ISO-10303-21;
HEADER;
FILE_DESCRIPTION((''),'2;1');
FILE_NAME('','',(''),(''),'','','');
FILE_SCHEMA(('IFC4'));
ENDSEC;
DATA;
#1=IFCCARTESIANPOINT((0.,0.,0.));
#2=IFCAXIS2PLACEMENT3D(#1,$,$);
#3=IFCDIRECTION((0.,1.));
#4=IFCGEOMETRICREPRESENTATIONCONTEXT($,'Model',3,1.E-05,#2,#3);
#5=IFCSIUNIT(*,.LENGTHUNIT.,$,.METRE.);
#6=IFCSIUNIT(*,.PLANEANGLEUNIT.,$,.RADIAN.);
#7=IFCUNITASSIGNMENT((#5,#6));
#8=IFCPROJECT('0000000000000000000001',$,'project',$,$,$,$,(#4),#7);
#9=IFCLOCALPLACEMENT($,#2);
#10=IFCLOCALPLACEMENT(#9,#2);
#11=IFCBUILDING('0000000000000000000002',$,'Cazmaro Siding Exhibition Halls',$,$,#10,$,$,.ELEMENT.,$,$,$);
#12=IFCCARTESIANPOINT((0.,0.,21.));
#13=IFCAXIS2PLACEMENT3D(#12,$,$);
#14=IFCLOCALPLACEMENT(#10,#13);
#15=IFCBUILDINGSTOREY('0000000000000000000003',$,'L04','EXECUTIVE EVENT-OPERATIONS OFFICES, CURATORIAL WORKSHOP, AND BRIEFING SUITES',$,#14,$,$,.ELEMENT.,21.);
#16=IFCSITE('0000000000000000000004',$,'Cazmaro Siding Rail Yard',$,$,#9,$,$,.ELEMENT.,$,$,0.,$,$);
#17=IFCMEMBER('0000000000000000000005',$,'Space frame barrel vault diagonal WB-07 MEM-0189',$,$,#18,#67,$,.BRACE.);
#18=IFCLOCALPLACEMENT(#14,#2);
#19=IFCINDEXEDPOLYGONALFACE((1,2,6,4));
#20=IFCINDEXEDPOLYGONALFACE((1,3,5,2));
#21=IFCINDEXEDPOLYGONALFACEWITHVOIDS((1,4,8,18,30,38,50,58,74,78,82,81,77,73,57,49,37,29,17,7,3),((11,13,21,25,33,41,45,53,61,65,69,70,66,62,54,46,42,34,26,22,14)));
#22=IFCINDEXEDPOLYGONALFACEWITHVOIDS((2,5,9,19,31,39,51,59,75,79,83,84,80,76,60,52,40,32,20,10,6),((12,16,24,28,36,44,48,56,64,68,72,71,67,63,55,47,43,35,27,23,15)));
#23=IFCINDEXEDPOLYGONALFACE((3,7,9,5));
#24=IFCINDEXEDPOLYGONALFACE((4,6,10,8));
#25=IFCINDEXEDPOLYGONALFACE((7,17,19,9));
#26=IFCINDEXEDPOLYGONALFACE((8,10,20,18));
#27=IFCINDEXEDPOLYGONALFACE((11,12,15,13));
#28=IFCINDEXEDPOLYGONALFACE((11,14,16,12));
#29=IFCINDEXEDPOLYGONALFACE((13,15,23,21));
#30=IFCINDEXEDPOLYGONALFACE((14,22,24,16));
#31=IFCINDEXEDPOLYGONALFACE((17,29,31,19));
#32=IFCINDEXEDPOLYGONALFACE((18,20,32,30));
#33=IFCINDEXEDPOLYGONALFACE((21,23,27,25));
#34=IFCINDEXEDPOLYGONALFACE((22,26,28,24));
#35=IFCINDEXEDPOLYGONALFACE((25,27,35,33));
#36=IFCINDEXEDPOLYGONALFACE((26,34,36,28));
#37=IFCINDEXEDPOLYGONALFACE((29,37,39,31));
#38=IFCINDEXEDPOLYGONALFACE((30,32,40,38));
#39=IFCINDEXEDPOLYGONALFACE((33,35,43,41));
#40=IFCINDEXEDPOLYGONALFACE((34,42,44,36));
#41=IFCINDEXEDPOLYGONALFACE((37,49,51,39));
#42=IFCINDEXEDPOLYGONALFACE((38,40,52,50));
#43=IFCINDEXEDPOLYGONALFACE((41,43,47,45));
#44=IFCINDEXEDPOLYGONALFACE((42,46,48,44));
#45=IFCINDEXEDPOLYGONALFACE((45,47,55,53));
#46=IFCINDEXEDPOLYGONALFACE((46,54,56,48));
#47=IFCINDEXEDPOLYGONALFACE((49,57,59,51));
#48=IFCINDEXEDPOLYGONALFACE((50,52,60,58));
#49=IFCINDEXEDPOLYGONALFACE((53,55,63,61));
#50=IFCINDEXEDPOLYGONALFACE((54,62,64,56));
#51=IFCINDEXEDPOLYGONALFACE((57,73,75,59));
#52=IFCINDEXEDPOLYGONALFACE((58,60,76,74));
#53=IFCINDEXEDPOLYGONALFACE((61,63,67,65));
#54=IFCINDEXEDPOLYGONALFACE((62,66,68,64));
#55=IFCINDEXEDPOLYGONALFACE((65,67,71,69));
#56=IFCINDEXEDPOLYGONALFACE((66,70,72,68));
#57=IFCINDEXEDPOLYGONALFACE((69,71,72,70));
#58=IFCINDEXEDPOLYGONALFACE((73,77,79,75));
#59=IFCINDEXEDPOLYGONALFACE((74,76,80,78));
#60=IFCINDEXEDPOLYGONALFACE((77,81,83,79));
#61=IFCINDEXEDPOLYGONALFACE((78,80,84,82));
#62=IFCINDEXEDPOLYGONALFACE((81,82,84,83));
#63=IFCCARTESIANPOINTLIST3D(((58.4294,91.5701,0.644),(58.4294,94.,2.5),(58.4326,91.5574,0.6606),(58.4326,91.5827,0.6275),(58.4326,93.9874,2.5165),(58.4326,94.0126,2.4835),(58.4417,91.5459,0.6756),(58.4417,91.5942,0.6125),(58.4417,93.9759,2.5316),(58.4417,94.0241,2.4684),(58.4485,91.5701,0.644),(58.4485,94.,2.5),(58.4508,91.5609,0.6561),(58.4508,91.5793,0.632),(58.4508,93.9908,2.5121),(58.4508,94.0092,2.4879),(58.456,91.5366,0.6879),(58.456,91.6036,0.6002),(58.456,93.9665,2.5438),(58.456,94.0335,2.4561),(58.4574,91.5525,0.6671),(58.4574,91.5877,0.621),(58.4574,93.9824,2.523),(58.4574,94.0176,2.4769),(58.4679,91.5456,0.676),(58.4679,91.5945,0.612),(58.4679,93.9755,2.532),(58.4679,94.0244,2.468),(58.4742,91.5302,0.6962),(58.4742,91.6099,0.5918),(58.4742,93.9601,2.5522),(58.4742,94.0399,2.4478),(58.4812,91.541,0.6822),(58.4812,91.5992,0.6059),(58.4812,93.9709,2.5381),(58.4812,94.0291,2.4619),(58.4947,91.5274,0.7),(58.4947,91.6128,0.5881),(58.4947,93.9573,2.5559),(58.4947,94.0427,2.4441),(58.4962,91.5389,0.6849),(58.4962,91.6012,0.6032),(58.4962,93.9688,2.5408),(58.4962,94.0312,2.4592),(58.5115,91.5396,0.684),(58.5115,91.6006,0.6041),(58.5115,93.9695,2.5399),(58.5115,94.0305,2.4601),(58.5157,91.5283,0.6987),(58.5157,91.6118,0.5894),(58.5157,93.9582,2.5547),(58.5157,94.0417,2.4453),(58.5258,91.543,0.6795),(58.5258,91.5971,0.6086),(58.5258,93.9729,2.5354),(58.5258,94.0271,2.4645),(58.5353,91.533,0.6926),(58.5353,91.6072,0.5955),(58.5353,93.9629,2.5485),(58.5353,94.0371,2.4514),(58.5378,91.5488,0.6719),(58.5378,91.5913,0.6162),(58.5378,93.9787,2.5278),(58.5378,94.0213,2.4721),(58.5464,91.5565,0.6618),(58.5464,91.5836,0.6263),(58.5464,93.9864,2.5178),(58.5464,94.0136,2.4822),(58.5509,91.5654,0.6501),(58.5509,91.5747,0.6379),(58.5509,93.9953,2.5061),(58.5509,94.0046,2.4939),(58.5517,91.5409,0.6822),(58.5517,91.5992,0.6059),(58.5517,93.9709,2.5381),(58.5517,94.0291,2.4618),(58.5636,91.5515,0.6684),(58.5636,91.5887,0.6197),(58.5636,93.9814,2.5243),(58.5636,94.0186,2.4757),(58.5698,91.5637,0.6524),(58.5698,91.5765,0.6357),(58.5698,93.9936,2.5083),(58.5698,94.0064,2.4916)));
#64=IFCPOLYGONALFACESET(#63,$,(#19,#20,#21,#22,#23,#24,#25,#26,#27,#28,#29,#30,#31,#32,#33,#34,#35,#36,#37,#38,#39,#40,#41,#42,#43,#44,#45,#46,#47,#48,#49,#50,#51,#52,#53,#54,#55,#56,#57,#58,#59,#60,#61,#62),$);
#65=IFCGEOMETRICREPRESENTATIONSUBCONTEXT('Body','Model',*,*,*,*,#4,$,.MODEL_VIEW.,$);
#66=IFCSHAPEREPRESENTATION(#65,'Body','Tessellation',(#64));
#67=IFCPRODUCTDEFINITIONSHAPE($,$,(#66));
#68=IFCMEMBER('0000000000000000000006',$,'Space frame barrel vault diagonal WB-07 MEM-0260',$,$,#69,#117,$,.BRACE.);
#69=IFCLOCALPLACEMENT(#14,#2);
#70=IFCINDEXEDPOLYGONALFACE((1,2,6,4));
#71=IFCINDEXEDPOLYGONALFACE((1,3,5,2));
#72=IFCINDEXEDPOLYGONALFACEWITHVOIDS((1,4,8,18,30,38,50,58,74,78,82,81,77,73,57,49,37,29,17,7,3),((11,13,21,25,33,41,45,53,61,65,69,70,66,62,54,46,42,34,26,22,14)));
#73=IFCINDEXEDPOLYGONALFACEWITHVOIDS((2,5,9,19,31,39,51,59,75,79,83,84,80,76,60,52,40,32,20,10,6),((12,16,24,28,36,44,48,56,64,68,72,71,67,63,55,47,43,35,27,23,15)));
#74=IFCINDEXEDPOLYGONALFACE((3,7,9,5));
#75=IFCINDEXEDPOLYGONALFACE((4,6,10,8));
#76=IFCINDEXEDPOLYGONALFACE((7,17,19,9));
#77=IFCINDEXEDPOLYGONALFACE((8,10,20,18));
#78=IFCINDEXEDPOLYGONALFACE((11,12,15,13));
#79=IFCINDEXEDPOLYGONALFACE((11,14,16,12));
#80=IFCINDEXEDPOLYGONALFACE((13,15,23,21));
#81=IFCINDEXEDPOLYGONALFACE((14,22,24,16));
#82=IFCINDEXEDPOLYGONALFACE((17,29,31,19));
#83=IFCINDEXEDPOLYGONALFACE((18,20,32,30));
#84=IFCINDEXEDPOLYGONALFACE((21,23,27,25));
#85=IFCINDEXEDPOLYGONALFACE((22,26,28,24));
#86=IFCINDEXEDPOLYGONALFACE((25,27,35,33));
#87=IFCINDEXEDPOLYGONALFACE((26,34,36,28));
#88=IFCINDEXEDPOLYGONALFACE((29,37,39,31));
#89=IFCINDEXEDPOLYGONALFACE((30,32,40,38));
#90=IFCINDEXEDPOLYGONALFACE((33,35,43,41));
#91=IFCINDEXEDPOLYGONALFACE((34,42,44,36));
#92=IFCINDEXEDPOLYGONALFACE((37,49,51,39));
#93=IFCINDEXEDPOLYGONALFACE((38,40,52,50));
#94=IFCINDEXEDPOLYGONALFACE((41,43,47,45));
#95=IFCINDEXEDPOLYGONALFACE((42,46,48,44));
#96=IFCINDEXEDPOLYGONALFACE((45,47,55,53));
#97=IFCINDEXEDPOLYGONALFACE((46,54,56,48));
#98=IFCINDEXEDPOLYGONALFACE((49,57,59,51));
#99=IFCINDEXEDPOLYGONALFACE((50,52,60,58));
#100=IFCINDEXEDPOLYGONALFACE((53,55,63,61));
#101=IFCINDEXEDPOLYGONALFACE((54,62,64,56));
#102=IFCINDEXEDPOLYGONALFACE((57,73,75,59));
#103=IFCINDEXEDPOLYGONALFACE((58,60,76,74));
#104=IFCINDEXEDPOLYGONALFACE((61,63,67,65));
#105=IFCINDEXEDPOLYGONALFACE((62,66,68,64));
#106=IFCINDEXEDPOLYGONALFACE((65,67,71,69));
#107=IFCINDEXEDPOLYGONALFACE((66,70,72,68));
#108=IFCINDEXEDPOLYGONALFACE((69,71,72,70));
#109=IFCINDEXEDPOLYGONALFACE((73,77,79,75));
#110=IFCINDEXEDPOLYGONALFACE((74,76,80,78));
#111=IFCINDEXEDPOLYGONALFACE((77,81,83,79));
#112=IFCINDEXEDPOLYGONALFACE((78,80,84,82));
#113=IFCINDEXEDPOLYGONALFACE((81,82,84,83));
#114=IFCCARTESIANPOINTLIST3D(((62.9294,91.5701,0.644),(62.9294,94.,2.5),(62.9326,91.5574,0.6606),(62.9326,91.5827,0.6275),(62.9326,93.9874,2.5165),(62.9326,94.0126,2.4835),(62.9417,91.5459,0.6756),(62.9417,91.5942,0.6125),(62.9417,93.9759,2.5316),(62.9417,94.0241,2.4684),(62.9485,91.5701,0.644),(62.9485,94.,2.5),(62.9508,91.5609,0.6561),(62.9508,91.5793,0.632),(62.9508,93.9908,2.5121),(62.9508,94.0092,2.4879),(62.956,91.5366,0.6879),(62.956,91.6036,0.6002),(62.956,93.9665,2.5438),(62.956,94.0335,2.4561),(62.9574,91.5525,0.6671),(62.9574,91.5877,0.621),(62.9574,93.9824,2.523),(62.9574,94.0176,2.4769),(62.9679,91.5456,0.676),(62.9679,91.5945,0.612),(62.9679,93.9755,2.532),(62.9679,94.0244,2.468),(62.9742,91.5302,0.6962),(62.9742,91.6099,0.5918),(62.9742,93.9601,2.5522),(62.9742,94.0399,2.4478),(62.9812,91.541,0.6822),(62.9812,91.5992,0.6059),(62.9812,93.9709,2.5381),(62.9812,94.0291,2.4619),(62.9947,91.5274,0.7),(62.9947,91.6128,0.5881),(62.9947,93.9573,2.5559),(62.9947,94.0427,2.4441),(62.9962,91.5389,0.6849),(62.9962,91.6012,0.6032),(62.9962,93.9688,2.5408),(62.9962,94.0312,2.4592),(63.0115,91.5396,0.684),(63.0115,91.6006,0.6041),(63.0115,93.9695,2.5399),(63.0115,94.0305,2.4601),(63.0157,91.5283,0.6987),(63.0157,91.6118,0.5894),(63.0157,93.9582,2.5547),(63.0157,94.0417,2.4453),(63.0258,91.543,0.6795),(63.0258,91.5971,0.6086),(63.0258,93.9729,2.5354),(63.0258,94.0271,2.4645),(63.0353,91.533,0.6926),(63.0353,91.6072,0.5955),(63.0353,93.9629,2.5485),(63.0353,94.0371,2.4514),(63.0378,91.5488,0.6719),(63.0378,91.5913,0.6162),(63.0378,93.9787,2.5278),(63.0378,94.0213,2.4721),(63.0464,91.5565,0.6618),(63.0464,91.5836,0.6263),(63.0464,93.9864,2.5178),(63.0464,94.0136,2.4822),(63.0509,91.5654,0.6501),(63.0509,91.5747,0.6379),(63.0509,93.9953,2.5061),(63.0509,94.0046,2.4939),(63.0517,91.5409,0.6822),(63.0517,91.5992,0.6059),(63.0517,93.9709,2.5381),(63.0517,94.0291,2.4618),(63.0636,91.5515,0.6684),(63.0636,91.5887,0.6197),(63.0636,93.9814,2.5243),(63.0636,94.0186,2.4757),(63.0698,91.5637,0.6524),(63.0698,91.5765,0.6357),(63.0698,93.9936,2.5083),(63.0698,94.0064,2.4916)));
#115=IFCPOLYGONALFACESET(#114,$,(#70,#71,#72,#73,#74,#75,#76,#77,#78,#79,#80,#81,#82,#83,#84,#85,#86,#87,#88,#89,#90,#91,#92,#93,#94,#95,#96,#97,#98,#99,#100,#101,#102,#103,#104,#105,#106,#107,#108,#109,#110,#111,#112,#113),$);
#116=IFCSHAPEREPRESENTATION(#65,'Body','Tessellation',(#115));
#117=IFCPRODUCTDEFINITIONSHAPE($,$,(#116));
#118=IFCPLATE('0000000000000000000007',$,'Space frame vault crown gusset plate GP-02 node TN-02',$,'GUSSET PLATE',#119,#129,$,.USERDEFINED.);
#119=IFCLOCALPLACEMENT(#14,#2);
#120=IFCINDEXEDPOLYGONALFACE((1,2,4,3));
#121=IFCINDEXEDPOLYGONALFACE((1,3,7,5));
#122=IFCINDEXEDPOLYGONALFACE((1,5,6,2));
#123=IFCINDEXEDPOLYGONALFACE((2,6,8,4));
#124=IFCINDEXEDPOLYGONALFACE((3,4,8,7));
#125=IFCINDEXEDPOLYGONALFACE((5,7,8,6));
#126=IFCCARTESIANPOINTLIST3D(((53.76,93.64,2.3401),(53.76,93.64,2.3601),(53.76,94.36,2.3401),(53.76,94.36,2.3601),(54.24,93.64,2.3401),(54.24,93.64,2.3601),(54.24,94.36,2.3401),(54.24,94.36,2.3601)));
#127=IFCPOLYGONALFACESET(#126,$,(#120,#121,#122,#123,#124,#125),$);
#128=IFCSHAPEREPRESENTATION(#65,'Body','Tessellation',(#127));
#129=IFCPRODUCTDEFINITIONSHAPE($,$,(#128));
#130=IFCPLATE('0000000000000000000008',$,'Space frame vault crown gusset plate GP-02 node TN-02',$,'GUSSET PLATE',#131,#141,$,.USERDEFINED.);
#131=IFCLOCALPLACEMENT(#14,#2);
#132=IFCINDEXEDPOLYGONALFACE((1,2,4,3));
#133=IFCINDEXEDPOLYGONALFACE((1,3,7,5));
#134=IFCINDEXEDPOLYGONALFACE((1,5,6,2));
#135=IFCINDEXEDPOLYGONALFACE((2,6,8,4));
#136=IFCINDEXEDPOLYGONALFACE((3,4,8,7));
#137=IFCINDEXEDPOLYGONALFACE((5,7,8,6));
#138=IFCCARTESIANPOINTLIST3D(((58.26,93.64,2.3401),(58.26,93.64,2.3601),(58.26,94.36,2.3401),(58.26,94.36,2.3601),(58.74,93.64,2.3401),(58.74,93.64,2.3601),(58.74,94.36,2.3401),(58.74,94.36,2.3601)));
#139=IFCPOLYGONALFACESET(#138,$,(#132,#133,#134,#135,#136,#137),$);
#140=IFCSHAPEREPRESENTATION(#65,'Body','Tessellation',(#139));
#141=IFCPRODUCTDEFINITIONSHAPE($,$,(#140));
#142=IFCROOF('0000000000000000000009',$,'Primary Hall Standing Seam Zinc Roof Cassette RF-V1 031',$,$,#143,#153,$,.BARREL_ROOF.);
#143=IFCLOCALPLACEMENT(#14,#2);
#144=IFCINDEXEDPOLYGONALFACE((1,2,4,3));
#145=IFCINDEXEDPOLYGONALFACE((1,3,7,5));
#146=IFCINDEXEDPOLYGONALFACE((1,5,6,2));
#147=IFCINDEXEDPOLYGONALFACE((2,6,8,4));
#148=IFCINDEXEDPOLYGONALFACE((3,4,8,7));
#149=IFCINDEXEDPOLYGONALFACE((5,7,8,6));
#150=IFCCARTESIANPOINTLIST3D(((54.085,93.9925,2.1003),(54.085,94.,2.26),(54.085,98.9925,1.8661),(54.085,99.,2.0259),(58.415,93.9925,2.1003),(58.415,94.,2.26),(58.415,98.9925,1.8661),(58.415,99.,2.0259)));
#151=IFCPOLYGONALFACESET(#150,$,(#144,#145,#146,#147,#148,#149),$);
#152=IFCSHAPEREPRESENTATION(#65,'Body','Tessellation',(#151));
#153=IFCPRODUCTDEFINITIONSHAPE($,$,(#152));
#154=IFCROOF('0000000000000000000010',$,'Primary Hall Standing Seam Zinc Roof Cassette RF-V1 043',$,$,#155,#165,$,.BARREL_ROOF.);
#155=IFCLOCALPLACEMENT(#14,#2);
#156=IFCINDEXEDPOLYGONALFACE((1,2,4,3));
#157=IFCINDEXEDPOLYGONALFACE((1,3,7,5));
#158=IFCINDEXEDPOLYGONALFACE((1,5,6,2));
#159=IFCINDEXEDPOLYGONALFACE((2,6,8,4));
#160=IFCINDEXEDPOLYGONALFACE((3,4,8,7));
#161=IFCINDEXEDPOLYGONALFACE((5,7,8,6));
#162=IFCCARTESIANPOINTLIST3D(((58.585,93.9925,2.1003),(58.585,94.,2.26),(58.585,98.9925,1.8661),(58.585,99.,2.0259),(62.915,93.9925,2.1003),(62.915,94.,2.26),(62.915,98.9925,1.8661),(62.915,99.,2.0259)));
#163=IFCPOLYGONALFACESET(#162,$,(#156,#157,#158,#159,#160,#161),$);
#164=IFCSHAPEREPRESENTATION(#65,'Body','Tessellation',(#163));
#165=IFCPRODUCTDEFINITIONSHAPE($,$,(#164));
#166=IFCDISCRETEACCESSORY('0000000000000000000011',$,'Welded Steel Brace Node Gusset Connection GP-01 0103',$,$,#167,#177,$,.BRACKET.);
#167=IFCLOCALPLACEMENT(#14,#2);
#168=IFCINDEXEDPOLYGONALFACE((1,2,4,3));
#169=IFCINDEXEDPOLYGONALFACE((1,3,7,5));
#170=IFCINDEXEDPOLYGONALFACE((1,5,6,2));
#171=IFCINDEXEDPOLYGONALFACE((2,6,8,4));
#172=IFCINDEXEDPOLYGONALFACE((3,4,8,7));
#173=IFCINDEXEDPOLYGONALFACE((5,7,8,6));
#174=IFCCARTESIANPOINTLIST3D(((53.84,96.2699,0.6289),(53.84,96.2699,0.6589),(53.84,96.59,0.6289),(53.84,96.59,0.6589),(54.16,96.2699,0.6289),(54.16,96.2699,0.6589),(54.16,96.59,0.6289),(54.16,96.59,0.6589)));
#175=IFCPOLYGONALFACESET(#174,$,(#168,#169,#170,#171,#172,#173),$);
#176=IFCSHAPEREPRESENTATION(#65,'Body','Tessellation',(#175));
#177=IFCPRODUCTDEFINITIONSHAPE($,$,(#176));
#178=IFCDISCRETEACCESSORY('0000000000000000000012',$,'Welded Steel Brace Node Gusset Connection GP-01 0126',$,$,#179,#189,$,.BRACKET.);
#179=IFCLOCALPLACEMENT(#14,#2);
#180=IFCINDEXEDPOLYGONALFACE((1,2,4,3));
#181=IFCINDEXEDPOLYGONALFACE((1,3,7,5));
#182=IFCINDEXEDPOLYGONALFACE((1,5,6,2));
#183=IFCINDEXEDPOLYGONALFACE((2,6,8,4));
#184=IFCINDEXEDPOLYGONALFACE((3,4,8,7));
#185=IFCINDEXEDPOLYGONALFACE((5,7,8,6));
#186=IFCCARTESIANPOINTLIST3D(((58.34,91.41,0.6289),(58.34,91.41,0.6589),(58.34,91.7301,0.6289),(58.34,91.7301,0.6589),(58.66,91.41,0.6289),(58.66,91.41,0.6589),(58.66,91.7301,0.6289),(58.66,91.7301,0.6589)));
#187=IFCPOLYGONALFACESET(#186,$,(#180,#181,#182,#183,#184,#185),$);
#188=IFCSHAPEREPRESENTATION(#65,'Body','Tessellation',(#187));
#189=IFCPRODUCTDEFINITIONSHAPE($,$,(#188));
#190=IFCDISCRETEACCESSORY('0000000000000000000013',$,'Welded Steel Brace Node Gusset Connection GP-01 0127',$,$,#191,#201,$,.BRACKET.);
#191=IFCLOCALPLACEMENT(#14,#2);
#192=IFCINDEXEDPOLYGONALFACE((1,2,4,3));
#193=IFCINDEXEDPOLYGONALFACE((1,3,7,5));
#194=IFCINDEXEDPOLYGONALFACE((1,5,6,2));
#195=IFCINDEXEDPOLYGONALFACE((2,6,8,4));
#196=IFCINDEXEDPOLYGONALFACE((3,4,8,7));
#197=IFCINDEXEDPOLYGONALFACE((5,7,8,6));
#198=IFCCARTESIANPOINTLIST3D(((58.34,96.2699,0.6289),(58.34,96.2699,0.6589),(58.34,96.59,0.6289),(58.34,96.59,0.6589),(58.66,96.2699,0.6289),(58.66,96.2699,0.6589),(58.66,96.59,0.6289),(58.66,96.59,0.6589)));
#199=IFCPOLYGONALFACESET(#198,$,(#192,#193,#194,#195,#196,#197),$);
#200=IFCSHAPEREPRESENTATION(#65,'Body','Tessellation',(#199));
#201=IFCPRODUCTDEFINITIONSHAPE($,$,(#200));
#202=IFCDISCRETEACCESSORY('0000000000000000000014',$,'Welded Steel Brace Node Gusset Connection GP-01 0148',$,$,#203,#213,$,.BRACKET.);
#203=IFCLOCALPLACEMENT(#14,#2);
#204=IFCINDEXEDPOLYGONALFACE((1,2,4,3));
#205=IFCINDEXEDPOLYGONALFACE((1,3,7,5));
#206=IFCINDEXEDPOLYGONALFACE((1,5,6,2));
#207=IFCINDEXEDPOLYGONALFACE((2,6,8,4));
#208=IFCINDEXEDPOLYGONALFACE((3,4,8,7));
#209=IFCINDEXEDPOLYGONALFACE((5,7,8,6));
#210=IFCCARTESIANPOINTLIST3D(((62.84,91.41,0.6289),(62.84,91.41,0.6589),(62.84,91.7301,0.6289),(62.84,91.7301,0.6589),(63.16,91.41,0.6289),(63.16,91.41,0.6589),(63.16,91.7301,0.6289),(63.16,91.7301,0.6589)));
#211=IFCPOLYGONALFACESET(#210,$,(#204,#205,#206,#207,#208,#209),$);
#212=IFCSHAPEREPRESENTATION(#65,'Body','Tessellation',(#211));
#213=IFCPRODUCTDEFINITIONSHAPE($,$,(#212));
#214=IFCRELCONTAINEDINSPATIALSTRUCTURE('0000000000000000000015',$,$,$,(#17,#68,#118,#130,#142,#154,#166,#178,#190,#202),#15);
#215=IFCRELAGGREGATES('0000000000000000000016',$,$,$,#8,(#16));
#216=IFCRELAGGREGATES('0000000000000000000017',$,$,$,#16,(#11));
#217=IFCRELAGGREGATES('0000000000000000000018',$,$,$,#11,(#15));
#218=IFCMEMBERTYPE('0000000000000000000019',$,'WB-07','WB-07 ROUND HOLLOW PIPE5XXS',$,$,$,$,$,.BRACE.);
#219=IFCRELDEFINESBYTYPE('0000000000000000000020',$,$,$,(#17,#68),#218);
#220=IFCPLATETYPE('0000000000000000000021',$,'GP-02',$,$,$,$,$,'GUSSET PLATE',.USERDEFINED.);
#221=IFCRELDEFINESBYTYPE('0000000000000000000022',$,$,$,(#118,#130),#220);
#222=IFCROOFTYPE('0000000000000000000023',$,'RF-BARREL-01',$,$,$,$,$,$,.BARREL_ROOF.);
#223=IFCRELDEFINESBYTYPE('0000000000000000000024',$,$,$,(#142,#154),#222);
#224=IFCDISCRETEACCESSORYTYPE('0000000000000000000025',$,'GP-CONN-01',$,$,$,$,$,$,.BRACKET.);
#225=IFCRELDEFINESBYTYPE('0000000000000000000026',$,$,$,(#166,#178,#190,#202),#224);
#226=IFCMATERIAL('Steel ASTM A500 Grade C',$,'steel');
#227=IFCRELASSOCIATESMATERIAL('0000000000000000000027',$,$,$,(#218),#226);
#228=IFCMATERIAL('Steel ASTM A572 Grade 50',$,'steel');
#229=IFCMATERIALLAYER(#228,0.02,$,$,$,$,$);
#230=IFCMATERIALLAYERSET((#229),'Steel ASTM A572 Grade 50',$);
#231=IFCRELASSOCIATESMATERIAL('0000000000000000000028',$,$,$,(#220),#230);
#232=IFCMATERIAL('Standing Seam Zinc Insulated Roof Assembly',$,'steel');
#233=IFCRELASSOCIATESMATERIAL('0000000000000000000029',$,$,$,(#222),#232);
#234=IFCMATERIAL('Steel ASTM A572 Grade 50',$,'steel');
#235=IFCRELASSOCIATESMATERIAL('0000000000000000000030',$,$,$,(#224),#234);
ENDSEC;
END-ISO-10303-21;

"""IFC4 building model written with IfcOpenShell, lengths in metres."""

from ifc_helpers import new_model, si_unit, direction, frame, origin, origin_2d, place, context, subcontext, project, spatial, polyline, rectangle, hollow_circle, outline, extrude, material, layer, layer_set, material_profile, profile_set, type_object, element, save


model = new_model("IFC4")

# Units and contexts
model_context = context("Model", 3, precision=1e-05, world=origin(), true_north=direction((0.0, 1.0)))
body_context = subcontext(model_context, "Body", "Model", "MODEL_VIEW")
ifc_project = project(units=[si_unit("LENGTHUNIT", "METRE"), si_unit("PLANEANGLEUNIT", "RADIAN")], contexts=[model_context])

# Site, building, storey
site_placement = place(None, origin())
site = spatial("IfcSite", under=ifc_project, at=site_placement, Name="Cazmaro Siding Rail Yard", CompositionType="ELEMENT", RefElevation=0.0)
building_placement = place(site_placement, origin())
building = spatial("IfcBuilding", under=site, at=building_placement, Name="Cazmaro Siding Exhibition Halls", CompositionType="ELEMENT")
storey_placement = place(building_placement, frame((0.0, 0.0, 21.0)))
storey = spatial("IfcBuildingStorey", under=building, at=storey_placement, Name="L04", Description="EXECUTIVE EVENT-OPERATIONS OFFICES, CURATORIAL WORKSHOP, AND BRIEFING SUITES", CompositionType="ELEMENT", Elevation=21.0)

# Members
ifc_material_1 = material(Name="Steel ASTM A500 Grade C", Category="steel")
ifc_material_profile_1 = material_profile(ifc_material_1, hollow_circle(Radius=0.0706, WallThickness=0.019, at=origin_2d()), Name="PIPE5XXS")
ifc_profile_set_1 = profile_set([ifc_material_profile_1], Name="Steel ASTM A500 Grade C")
member_type_1 = type_object("IfcMemberType", Name="WB-07", Description="WB-07 ROUND HOLLOW PIPE5XXS", PredefinedType="BRACE", material=ifc_profile_set_1)
for number, where, z_axis, x_axis, name in (
    (1, (58.5, 91.5701, 0.644), (0.0, 0.794709, 0.606991), (-1.0, 0.0, 0.0), "Space frame barrel vault diagonal WB-07 MEM-0189"),
    (2, (63.0, 91.5701, 0.644), (0.0, 0.794709, 0.606991), (-1.0, 0.0, 0.0), "Space frame barrel vault diagonal WB-07 MEM-0260"),
):
    element("IfcMember", number, at=place(storey_placement, frame(where, z_axis=z_axis, x_axis=x_axis)), inside=storey, type_object=member_type_1, Name=name, PredefinedType="BRACE", context=body_context, shape_type="SweptSolid", body=[
        extrude(hollow_circle(Radius=0.0706, WallThickness=0.019, at=origin_2d()), origin(), (0.0, 0.0, 1.0), 3.0576),
    ])

# Plates
ifc_material_2 = material(Name="Steel ASTM A572 Grade 50", Category="steel")
ifc_layer = layer(ifc_material_2, 0.02)
ifc_layer_set = layer_set([ifc_layer], Name="Steel ASTM A572 Grade 50")
plate_type = type_object("IfcPlateType", Name="GP-02", ElementType="GUSSET PLATE", PredefinedType="USERDEFINED", material=ifc_layer_set)
for number, where, z_axis, x_axis, name in (
    (3, (54.0, 94.0, 2.3401), (0.0, 0.0, 1.0), (0.0, 1.0, 0.0), "Space frame vault crown gusset plate GP-02 node TN-02"),
    (4, (58.5, 94.0, 2.3401), (0.0, 0.0, 1.0), (0.0, 1.0, 0.0), "Space frame vault crown gusset plate GP-02 node TN-02"),
):
    element("IfcPlate", number, at=place(storey_placement, frame(where, z_axis=z_axis, x_axis=x_axis)), inside=storey, type_object=plate_type, Name=name, ObjectType="GUSSET PLATE", PredefinedType="USERDEFINED", context=body_context, shape_type="SweptSolid", body=[
        extrude(rectangle(XDim=0.72, YDim=0.48, at=origin_2d()), origin(), (0.0, 0.0, 1.0), 0.02),
    ])

# Roofs
ifc_material_3 = material(Name="Standing Seam Zinc Insulated Roof Assembly", Category="steel")
roof_type = type_object("IfcRoofType", Name="RF-BARREL-01", PredefinedType="BARREL_ROOF", material=ifc_material_3)
for number, where, z_axis, x_axis, name in (
    (5, (54.085, 94.0, 2.26), (0.0, 0.046775, 0.998905), (1.0, 0.0, 0.0), "Primary Hall Standing Seam Zinc Roof Cassette RF-V1 031"),
    (6, (58.585, 94.0, 2.26), (0.0, 0.046775, 0.998905), (1.0, 0.0, 0.0), "Primary Hall Standing Seam Zinc Roof Cassette RF-V1 043"),
):
    element("IfcRoof", number, at=place(storey_placement, frame(where, z_axis=z_axis, x_axis=x_axis)), inside=storey, type_object=roof_type, Name=name, PredefinedType="BARREL_ROOF", context=body_context, shape_type="SweptSolid", body=[
        extrude(outline(polyline([(0.0, 0.0), (4.3301, 0.0), (4.3301, 5.0055), (0.0, 5.0055), (0.0, 0.0)])), origin(), (0.0, 0.0, -1.0), 0.1599),
    ])

# Discrete accessories
ifc_material_4 = material(Name="Steel ASTM A572 Grade 50", Category="steel")
discrete_accessory_type = type_object("IfcDiscreteAccessoryType", Name="GP-CONN-01", PredefinedType="BRACKET", material=ifc_material_4)
for number, where, z_axis, x_axis, name in (
    (7, (54.0, 96.4299, 0.6289), (0.0, 0.0, 1.0), (1.0, 0.0, 0.0), "Welded Steel Brace Node Gusset Connection GP-01 0103"),
    (8, (58.5, 91.5701, 0.6289), (0.0, 0.0, 1.0), (1.0, 0.0, 0.0), "Welded Steel Brace Node Gusset Connection GP-01 0126"),
    (9, (58.5, 96.4299, 0.6289), (0.0, 0.0, 1.0), (1.0, 0.0, 0.0), "Welded Steel Brace Node Gusset Connection GP-01 0127"),
    (10, (63.0, 91.5701, 0.6289), (0.0, 0.0, 1.0), (1.0, 0.0, 0.0), "Welded Steel Brace Node Gusset Connection GP-01 0148"),
):
    element("IfcDiscreteAccessory", number, at=place(storey_placement, frame(where, z_axis=z_axis, x_axis=x_axis)), inside=storey, type_object=discrete_accessory_type, Name=name, PredefinedType="BRACKET", context=body_context, shape_type="SweptSolid", body=[
        extrude(rectangle(XDim=0.3201, YDim=0.3201, at=origin_2d()), origin(), (0.0, 0.0, 1.0), 0.03),
    ])

save(model, "model.ifc")
